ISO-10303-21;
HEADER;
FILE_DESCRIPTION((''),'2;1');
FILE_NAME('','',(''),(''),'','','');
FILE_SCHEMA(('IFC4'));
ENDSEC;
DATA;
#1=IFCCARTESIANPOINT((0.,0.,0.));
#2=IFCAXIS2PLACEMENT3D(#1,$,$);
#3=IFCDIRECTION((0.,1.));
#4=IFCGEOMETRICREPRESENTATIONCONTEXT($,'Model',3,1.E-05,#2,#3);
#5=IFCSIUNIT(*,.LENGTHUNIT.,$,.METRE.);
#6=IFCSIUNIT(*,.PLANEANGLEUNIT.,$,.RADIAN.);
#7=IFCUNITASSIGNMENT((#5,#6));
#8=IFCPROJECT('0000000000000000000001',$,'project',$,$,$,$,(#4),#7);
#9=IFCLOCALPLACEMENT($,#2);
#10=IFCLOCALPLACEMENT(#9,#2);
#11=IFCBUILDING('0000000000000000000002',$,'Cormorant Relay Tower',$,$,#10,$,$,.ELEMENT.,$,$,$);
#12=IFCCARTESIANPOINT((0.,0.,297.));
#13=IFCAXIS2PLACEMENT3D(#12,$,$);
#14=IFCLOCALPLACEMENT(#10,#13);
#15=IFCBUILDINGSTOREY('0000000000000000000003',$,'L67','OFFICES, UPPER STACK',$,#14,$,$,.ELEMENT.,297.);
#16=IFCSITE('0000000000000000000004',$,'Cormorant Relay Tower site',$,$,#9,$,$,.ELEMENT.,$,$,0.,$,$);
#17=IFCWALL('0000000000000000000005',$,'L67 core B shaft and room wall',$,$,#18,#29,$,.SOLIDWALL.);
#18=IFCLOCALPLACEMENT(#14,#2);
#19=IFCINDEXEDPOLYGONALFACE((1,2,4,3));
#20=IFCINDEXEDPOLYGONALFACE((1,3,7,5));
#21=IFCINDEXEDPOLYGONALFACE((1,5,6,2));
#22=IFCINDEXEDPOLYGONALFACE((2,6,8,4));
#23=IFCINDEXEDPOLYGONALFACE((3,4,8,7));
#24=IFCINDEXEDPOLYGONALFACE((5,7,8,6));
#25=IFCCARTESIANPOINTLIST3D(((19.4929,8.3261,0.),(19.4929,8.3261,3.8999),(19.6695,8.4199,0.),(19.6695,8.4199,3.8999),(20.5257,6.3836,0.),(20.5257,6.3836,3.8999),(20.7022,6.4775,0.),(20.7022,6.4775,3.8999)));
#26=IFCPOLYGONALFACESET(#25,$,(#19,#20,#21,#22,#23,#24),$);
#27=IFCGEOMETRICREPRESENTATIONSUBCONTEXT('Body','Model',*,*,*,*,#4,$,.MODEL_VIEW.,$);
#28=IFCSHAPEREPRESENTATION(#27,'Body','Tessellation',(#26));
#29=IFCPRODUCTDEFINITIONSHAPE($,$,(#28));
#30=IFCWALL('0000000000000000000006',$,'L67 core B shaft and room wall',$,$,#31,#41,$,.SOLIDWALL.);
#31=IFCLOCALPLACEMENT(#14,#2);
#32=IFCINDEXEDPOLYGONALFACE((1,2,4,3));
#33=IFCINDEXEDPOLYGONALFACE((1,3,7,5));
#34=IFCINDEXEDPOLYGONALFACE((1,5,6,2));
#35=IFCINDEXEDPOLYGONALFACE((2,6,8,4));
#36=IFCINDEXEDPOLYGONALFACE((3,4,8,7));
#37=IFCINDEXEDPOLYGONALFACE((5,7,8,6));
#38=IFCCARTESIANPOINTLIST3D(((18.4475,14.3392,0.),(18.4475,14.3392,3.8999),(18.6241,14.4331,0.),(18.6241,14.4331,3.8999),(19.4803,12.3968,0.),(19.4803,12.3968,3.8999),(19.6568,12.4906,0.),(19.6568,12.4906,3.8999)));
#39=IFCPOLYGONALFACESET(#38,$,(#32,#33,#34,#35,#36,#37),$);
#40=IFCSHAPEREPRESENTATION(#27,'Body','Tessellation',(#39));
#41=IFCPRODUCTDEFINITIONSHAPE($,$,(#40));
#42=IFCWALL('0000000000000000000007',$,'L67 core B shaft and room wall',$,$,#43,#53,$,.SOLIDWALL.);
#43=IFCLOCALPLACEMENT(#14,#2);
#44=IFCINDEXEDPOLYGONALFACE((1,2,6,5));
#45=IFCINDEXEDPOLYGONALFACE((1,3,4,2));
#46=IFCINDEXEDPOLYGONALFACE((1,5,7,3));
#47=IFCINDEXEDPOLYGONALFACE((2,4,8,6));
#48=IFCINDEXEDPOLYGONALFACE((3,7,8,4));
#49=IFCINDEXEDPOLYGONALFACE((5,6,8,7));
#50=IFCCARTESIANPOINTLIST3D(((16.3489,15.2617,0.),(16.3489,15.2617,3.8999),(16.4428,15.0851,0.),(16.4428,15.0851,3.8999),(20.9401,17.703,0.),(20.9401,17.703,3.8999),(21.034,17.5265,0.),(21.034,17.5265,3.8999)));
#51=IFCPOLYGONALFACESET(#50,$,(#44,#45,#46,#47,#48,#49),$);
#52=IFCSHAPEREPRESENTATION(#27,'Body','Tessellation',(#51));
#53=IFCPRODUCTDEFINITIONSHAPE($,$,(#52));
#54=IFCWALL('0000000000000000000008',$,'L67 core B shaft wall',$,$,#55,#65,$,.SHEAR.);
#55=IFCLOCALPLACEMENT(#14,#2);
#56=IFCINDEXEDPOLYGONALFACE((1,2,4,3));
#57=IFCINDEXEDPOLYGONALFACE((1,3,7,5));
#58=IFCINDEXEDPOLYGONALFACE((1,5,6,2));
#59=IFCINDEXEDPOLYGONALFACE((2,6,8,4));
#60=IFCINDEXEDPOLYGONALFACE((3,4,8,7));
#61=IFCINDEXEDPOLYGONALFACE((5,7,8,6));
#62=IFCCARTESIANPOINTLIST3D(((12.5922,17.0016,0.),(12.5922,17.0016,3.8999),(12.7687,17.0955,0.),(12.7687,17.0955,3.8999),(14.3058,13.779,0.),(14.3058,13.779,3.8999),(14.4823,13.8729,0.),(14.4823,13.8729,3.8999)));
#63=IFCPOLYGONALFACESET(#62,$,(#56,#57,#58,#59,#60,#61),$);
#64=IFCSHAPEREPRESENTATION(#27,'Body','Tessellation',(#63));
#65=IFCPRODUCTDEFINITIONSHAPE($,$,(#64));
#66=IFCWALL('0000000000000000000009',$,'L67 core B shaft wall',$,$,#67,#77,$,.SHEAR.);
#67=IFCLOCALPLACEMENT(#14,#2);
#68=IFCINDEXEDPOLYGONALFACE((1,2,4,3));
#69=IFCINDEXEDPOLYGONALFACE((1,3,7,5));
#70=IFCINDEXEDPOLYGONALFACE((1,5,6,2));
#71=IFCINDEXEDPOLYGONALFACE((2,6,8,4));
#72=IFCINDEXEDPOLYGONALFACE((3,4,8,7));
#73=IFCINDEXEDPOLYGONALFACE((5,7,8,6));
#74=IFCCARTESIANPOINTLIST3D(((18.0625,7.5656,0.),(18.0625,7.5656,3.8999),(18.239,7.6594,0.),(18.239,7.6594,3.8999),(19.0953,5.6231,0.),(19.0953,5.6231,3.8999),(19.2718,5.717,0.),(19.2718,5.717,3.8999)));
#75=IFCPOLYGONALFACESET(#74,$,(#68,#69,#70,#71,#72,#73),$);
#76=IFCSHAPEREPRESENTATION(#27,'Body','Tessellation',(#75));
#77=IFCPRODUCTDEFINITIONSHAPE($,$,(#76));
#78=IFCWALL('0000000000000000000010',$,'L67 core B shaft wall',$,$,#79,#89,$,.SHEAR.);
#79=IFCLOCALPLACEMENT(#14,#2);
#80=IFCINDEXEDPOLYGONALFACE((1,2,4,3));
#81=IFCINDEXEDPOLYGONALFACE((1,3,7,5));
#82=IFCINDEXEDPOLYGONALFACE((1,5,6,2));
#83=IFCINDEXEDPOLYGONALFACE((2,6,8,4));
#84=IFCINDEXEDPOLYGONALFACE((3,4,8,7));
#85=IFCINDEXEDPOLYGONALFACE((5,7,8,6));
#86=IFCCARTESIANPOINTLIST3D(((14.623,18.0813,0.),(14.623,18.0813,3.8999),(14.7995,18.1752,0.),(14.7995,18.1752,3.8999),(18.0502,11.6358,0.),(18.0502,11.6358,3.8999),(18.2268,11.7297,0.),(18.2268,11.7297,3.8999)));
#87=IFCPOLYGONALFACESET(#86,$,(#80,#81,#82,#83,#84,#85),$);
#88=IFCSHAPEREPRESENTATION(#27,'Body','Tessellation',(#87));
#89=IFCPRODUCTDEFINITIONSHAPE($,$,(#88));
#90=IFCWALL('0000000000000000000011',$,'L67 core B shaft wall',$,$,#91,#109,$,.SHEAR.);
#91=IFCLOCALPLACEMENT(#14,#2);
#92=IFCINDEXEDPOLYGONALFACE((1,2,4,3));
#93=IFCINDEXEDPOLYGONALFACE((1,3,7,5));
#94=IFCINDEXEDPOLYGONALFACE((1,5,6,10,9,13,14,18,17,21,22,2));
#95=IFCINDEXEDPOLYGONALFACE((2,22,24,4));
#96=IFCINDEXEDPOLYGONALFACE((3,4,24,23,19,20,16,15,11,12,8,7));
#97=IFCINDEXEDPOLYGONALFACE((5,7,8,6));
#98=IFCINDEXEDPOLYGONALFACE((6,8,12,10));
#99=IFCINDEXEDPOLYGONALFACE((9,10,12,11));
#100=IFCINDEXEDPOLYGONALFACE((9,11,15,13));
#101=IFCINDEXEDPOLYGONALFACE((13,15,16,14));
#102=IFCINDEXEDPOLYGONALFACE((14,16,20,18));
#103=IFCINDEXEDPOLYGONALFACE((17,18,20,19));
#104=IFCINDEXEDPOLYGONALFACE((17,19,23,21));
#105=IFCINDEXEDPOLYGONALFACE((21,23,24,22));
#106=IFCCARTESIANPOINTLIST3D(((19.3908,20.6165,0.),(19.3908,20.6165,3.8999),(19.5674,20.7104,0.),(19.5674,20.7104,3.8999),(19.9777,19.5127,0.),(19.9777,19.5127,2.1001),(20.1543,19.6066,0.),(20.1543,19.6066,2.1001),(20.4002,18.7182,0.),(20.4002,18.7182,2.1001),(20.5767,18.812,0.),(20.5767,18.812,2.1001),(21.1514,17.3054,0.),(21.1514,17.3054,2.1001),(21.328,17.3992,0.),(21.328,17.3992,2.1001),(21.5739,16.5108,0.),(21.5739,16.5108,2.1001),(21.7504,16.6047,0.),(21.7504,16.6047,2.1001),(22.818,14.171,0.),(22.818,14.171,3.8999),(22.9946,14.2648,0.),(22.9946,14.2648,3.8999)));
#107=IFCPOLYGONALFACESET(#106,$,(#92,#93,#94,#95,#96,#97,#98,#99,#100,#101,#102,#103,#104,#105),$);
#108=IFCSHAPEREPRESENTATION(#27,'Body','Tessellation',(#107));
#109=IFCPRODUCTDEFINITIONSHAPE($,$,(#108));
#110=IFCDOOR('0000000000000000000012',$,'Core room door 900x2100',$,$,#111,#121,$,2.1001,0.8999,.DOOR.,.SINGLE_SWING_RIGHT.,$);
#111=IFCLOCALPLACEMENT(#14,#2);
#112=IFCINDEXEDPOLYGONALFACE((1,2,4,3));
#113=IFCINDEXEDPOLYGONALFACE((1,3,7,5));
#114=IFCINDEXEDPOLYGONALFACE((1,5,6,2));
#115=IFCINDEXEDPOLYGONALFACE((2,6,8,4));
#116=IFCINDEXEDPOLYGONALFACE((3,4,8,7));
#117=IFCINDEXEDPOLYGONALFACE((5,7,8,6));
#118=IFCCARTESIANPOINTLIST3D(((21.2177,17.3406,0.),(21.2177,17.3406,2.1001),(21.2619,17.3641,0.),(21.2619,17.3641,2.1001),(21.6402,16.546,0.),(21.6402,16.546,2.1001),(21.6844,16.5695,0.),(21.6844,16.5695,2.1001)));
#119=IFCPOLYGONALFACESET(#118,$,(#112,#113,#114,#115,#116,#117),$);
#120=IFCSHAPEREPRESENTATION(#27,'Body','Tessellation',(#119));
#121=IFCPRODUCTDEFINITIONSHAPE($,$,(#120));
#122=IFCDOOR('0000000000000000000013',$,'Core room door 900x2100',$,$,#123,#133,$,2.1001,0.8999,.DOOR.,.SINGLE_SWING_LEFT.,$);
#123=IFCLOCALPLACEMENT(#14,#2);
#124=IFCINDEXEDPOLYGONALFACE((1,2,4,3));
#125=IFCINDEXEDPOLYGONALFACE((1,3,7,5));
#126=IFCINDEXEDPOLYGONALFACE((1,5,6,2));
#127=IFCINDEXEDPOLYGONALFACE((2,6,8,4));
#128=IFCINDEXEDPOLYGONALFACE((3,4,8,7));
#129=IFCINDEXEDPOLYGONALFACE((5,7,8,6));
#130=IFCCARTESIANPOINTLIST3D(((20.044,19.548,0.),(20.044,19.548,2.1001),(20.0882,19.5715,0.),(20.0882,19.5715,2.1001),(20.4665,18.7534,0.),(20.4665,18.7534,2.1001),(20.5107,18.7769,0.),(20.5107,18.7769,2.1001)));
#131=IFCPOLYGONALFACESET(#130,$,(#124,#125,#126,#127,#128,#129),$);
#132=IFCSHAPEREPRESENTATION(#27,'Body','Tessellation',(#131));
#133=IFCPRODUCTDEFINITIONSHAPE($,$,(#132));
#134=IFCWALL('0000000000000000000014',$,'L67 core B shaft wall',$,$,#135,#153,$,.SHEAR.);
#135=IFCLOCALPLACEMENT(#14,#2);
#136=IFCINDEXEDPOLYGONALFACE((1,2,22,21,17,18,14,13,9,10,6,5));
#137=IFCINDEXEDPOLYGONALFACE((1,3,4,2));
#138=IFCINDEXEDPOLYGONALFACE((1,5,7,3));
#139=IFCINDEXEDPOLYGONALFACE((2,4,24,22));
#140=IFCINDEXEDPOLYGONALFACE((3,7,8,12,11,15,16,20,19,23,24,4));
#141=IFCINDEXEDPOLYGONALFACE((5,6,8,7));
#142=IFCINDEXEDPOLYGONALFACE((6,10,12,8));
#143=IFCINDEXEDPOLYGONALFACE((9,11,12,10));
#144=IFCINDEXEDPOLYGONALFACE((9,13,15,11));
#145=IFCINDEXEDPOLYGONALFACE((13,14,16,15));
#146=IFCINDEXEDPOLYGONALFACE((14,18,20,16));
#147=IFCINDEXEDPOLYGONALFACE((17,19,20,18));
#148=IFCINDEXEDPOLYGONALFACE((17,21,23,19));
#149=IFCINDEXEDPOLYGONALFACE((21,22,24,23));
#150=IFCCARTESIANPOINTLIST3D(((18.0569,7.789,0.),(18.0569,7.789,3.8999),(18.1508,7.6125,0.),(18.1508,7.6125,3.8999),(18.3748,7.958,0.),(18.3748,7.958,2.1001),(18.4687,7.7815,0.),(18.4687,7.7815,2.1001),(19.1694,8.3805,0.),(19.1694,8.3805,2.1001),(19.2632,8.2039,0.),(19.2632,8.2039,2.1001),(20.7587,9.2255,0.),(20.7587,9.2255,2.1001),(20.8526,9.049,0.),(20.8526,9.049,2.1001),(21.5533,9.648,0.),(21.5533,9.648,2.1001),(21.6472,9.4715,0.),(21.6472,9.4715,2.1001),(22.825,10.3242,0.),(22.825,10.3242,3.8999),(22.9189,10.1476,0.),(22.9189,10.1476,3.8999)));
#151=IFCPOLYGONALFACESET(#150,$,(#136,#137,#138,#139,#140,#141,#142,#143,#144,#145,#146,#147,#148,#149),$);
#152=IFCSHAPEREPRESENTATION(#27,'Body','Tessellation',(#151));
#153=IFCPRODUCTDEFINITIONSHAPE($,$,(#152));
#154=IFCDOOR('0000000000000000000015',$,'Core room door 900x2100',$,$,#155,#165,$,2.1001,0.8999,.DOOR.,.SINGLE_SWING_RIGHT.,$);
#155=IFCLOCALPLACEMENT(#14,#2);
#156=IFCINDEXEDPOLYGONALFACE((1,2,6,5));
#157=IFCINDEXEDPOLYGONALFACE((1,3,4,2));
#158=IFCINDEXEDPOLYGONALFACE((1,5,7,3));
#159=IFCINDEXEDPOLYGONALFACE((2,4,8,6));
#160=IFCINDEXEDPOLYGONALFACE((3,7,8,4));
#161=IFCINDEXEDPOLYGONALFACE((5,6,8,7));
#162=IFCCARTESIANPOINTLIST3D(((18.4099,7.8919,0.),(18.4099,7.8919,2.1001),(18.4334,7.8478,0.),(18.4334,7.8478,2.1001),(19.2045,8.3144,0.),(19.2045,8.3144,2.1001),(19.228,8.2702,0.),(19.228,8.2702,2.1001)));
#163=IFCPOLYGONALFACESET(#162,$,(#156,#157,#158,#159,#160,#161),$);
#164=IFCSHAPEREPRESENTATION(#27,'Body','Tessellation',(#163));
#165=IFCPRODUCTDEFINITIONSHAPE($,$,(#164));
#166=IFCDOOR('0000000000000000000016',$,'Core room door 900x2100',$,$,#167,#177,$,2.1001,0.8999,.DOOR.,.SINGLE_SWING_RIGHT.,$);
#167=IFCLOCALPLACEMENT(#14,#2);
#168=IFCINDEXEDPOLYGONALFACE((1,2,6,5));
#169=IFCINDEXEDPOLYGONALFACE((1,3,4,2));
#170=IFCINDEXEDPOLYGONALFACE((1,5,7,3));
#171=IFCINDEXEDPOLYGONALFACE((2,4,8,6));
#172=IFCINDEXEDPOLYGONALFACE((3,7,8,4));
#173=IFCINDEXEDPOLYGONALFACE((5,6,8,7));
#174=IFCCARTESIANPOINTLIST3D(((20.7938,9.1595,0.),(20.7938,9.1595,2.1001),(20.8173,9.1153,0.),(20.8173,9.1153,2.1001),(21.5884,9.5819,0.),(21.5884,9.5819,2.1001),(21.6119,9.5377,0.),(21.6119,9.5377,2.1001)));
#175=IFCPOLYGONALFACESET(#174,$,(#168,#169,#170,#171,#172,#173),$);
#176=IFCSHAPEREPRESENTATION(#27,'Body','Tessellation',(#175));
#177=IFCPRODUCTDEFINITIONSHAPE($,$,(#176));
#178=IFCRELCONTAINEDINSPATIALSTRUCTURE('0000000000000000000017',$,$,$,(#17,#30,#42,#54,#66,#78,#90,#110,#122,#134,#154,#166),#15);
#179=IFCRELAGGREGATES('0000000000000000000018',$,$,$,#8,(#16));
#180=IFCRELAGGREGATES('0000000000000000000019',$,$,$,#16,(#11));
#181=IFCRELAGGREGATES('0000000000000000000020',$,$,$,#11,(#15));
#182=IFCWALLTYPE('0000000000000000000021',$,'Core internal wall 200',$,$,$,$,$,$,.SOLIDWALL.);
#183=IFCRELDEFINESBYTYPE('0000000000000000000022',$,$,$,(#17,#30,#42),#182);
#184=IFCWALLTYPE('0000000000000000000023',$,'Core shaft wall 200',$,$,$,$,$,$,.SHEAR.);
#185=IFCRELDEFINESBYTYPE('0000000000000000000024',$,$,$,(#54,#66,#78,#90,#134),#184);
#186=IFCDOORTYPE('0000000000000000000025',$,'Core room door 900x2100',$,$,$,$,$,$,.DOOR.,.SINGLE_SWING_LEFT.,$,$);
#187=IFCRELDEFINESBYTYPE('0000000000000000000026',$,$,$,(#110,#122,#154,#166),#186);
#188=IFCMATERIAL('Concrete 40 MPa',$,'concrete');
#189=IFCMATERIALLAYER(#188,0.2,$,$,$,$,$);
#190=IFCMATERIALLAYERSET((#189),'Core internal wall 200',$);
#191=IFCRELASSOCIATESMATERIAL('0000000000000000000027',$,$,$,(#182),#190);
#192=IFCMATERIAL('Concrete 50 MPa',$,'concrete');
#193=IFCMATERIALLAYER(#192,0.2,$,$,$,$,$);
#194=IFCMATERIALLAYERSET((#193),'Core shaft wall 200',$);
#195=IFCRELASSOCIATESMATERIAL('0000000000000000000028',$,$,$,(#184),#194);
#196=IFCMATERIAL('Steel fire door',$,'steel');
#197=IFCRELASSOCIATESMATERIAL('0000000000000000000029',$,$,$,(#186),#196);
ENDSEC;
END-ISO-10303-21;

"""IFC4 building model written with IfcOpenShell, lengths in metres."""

from ifc_helpers import new_model, si_unit, direction, frame, frame_2d, origin, place, context, subcontext, project, spatial, rectangle, extrude, material, layer, layer_set, type_object, element, fill, save


model = new_model("IFC4")

# Units and contexts
model_context = context("Model", 3, precision=1e-05, world=origin(), true_north=direction((0.0, 1.0)))
body_context = subcontext(model_context, "Body", "Model", "MODEL_VIEW")
ifc_project = project(units=[si_unit("LENGTHUNIT", "METRE"), si_unit("PLANEANGLEUNIT", "RADIAN")], contexts=[model_context])

# Site, building, storey
site_placement = place(None, origin())
site = spatial("IfcSite", under=ifc_project, at=site_placement, Name="Cormorant Relay Tower site", CompositionType="ELEMENT", RefElevation=0.0)
building_placement = place(site_placement, origin())
building = spatial("IfcBuilding", under=site, at=building_placement, Name="Cormorant Relay Tower", CompositionType="ELEMENT")
storey_placement = place(building_placement, frame((0.0, 0.0, 297.0)))
storey = spatial("IfcBuildingStorey", under=building, at=storey_placement, Name="L67", Description="OFFICES, UPPER STACK", CompositionType="ELEMENT", Elevation=297.0)

# Walls
ifc_material_1 = material(Name="Concrete 40 MPa", Category="concrete")
ifc_layer_1 = layer(ifc_material_1, 0.2)
ifc_layer_set_1 = layer_set([ifc_layer_1], Name="Core internal wall 200")
wall_type_1 = type_object("IfcWallType", Name="Core internal wall 200", PredefinedType="SOLIDWALL", material=ifc_layer_set_1)
for number, where, z_axis, x_axis, name in (
    (1, (20.614, 6.4304, 0.0), (0.0, 0.0, 1.0), (-0.469447, 0.88296, 0.0), "L67 core B shaft and room wall"),
    (2, (19.5686, 12.4436, 0.0), (0.0, 0.0, 1.0), (-0.469447, 0.88296, 0.0), "L67 core B shaft and room wall"),
):
    element("IfcWall", number, at=place(storey_placement, frame(where, z_axis=z_axis, x_axis=x_axis)), inside=storey, type_object=wall_type_1, Name=name, PredefinedType="SOLIDWALL", context=body_context, shape_type="SweptSolid", body=[
        extrude(rectangle(XDim=2.2, YDim=0.2, at=frame_2d((1.1001, 0.0))), origin(), (0.0, 0.0, 1.0), 3.8999),
    ])
wall_1_placement = place(storey_placement, frame((16.3958, 15.1733, 0.0), z_axis=(0.0, 0.0, 1.0), x_axis=(0.882935, 0.469496, 0.0)))
element("IfcWall", 3, at=wall_1_placement, inside=storey, type_object=wall_type_1, Name="L67 core B shaft and room wall", PredefinedType="SOLIDWALL", context=body_context, shape_type="SweptSolid", body=[
    extrude(rectangle(XDim=5.2, YDim=0.2, at=frame_2d((2.6001, 0.0))), origin(), (0.0, 0.0, 1.0), 3.8999),
])
ifc_material_2 = material(Name="Concrete 50 MPa", Category="concrete")
ifc_layer_2 = layer(ifc_material_2, 0.2)
ifc_layer_set_2 = layer_set([ifc_layer_2], Name="Core shaft wall 200")
wall_type_2 = type_object("IfcWallType", Name="Core shaft wall 200", PredefinedType="SHEAR", material=ifc_layer_set_2)
wall_2_placement = place(storey_placement, frame((14.394, 13.8259, 0.0), z_axis=(0.0, 0.0, 1.0), x_axis=(-0.469494, 0.882936, 0.0)))
element("IfcWall", 4, at=wall_2_placement, inside=storey, type_object=wall_type_2, Name="L67 core B shaft wall", PredefinedType="SHEAR", context=body_context, shape_type="SweptSolid", body=[
    extrude(rectangle(XDim=3.6499, YDim=0.2, at=frame_2d((1.825, 0.0))), origin(), (0.0, 0.0, 1.0), 3.8999),
])
wall_3_placement = place(storey_placement, frame((19.1836, 5.6699, 0.0), z_axis=(0.0, 0.0, 1.0), x_axis=(-0.469447, 0.88296, 0.0)))
element("IfcWall", 5, at=wall_3_placement, inside=storey, type_object=wall_type_2, Name="L67 core B shaft wall", PredefinedType="SHEAR", context=body_context, shape_type="SweptSolid", body=[
    extrude(rectangle(XDim=2.2, YDim=0.2, at=frame_2d((1.1001, 0.0))), origin(), (0.0, 0.0, 1.0), 3.8999),
])
wall_4_placement = place(storey_placement, frame((18.1384, 11.6829, 0.0), z_axis=(0.0, 0.0, 1.0), x_axis=(-0.46948, 0.882943, 0.0)))
element("IfcWall", 6, at=wall_4_placement, inside=storey, type_object=wall_type_2, Name="L67 core B shaft wall", PredefinedType="SHEAR", context=body_context, shape_type="SweptSolid", body=[
    extrude(rectangle(XDim=7.3, YDim=0.2, at=frame_2d((3.6499, 0.0))), origin(), (0.0, 0.0, 1.0), 3.8999),
])

# Walls, openings, doors
wall_5_placement = place(storey_placement, frame((22.9062, 14.218, 0.0), z_axis=(0.0, 0.0, 1.0), x_axis=(-0.46948, 0.882943, 0.0)))
wall_5 = element("IfcWall", 7, at=wall_5_placement, inside=storey, type_object=wall_type_2, Name="L67 core B shaft wall", PredefinedType="SHEAR", context=body_context, shape_type="SweptSolid", body=[
    extrude(rectangle(XDim=7.3, YDim=0.2, at=frame_2d((3.6499, 0.0))), origin(), (0.0, 0.0, 1.0), 3.8999),
])
opening_1_placement = place(wall_5_placement, frame((2.6499, 0.0, 0.0)))
opening_1 = element("IfcOpeningElement", 8, at=opening_1_placement, cuts=wall_5, PredefinedType="OPENING", context=body_context, shape_type="SweptSolid", body=[
    extrude(rectangle(XDim=0.8999, YDim=2.1001, at=frame_2d((0.45, 1.05))), frame((0.0, 0.1099, 0.0), z_axis=(0.0, -1.0, 0.0), x_axis=(1.0, 0.0, 0.0)), (0.0, 0.0, 1.0), 0.22),
])
opening_2_placement = place(wall_5_placement, frame((5.1499, 0.0, 0.0)))
opening_2 = element("IfcOpeningElement", 9, at=opening_2_placement, cuts=wall_5, PredefinedType="OPENING", context=body_context, shape_type="SweptSolid", body=[
    extrude(rectangle(XDim=0.8999, YDim=2.1001, at=frame_2d((0.45, 1.05))), frame((0.0, 0.1099, 0.0), z_axis=(0.0, -1.0, 0.0), x_axis=(1.0, 0.0, 0.0)), (0.0, 0.0, 1.0), 0.22),
])
ifc_material_3 = material(Name="Steel fire door", Category="steel")
door_type = type_object("IfcDoorType", Name="Core room door 900x2100", OperationType="SINGLE_SWING_LEFT", PredefinedType="DOOR", material=ifc_material_3)
door_1_placement = place(opening_1_placement, origin())
door_1 = element("IfcDoor", 10, at=door_1_placement, inside=storey, type_object=door_type, Name="Core room door 900x2100", OperationType="SINGLE_SWING_RIGHT", OverallHeight=2.1001, OverallWidth=0.8999, PredefinedType="DOOR", context=body_context, shape_type="SweptSolid", body=[
    extrude(rectangle(XDim=0.8999, YDim=2.1001, at=frame_2d((0.45, 1.05))), frame((0.0, 0.0249, 0.0), z_axis=(0.0, -1.0, 0.0), x_axis=(1.0, 0.0, 0.0)), (0.0, 0.0, 1.0), 0.05),
])
fill(opening_1, door_1)
door_2_placement = place(opening_2_placement, origin())
door_2 = element("IfcDoor", 11, at=door_2_placement, inside=storey, type_object=door_type, Name="Core room door 900x2100", OperationType="SINGLE_SWING_LEFT", OverallHeight=2.1001, OverallWidth=0.8999, PredefinedType="DOOR", context=body_context, shape_type="SweptSolid", body=[
    extrude(rectangle(XDim=0.8999, YDim=2.1001, at=frame_2d((0.45, 1.05))), frame((0.0, 0.0249, 0.0), z_axis=(0.0, -1.0, 0.0), x_axis=(1.0, 0.0, 0.0)), (0.0, 0.0, 1.0), 0.05),
])
fill(opening_2, door_2)
wall_6_placement = place(storey_placement, frame((18.1038, 7.7007, 0.0), z_axis=(0.0, 0.0, 1.0), x_axis=(0.882953, 0.469462, 0.0)))
wall_6 = element("IfcWall", 12, at=wall_6_placement, inside=storey, type_object=wall_type_2, Name="L67 core B shaft wall", PredefinedType="SHEAR", context=body_context, shape_type="SweptSolid", body=[
    extrude(rectangle(XDim=5.4001, YDim=0.2, at=frame_2d((2.7002, 0.0))), origin(), (0.0, 0.0, 1.0), 3.8999),
])
opening_3_placement = place(wall_6_placement, frame((0.3601, 0.0, 0.0)))
opening_3 = element("IfcOpeningElement", 13, at=opening_3_placement, cuts=wall_6, PredefinedType="OPENING", context=body_context, shape_type="SweptSolid", body=[
    extrude(rectangle(XDim=0.8999, YDim=2.1001, at=frame_2d((0.45, 1.05))), frame((0.0, 0.1099, 0.0), z_axis=(0.0, -1.0, 0.0), x_axis=(1.0, 0.0, 0.0)), (0.0, 0.0, 1.0), 0.22),
])
opening_4_placement = place(wall_6_placement, frame((3.0601, 0.0, 0.0)))
opening_4 = element("IfcOpeningElement", 14, at=opening_4_placement, cuts=wall_6, PredefinedType="OPENING", context=body_context, shape_type="SweptSolid", body=[
    extrude(rectangle(XDim=0.8999, YDim=2.1001, at=frame_2d((0.45, 1.05))), frame((0.0, 0.1099, 0.0), z_axis=(0.0, -1.0, 0.0), x_axis=(1.0, 0.0, 0.0)), (0.0, 0.0, 1.0), 0.22),
])
door_3_placement = place(opening_3_placement, frame((0.8999, 0.0, 0.0), z_axis=(0.0, 0.0, 1.0), x_axis=(-1.0, 0.0, 0.0)))
door_3 = element("IfcDoor", 15, at=door_3_placement, inside=storey, type_object=door_type, Name="Core room door 900x2100", OperationType="SINGLE_SWING_RIGHT", OverallHeight=2.1001, OverallWidth=0.8999, PredefinedType="DOOR", context=body_context, shape_type="SweptSolid", body=[
    extrude(rectangle(XDim=0.8999, YDim=2.1001, at=frame_2d((0.45, 1.05))), frame((0.0, 0.0249, 0.0), z_axis=(0.0, -1.0, 0.0), x_axis=(1.0, 0.0, 0.0)), (0.0, 0.0, 1.0), 0.05),
])
fill(opening_3, door_3)
door_4_placement = place(opening_4_placement, frame((0.8999, 0.0, 0.0), z_axis=(0.0, 0.0, 1.0), x_axis=(-1.0, 0.0, 0.0)))
door_4 = element("IfcDoor", 16, at=door_4_placement, inside=storey, type_object=door_type, Name="Core room door 900x2100", OperationType="SINGLE_SWING_RIGHT", OverallHeight=2.1001, OverallWidth=0.8999, PredefinedType="DOOR", context=body_context, shape_type="SweptSolid", body=[
    extrude(rectangle(XDim=0.8999, YDim=2.1001, at=frame_2d((0.45, 1.05))), frame((0.0, 0.0249, 0.0), z_axis=(0.0, -1.0, 0.0), x_axis=(1.0, 0.0, 0.0)), (0.0, 0.0, 1.0), 0.05),
])
fill(opening_4, door_4)

save(model, "model.ifc")
